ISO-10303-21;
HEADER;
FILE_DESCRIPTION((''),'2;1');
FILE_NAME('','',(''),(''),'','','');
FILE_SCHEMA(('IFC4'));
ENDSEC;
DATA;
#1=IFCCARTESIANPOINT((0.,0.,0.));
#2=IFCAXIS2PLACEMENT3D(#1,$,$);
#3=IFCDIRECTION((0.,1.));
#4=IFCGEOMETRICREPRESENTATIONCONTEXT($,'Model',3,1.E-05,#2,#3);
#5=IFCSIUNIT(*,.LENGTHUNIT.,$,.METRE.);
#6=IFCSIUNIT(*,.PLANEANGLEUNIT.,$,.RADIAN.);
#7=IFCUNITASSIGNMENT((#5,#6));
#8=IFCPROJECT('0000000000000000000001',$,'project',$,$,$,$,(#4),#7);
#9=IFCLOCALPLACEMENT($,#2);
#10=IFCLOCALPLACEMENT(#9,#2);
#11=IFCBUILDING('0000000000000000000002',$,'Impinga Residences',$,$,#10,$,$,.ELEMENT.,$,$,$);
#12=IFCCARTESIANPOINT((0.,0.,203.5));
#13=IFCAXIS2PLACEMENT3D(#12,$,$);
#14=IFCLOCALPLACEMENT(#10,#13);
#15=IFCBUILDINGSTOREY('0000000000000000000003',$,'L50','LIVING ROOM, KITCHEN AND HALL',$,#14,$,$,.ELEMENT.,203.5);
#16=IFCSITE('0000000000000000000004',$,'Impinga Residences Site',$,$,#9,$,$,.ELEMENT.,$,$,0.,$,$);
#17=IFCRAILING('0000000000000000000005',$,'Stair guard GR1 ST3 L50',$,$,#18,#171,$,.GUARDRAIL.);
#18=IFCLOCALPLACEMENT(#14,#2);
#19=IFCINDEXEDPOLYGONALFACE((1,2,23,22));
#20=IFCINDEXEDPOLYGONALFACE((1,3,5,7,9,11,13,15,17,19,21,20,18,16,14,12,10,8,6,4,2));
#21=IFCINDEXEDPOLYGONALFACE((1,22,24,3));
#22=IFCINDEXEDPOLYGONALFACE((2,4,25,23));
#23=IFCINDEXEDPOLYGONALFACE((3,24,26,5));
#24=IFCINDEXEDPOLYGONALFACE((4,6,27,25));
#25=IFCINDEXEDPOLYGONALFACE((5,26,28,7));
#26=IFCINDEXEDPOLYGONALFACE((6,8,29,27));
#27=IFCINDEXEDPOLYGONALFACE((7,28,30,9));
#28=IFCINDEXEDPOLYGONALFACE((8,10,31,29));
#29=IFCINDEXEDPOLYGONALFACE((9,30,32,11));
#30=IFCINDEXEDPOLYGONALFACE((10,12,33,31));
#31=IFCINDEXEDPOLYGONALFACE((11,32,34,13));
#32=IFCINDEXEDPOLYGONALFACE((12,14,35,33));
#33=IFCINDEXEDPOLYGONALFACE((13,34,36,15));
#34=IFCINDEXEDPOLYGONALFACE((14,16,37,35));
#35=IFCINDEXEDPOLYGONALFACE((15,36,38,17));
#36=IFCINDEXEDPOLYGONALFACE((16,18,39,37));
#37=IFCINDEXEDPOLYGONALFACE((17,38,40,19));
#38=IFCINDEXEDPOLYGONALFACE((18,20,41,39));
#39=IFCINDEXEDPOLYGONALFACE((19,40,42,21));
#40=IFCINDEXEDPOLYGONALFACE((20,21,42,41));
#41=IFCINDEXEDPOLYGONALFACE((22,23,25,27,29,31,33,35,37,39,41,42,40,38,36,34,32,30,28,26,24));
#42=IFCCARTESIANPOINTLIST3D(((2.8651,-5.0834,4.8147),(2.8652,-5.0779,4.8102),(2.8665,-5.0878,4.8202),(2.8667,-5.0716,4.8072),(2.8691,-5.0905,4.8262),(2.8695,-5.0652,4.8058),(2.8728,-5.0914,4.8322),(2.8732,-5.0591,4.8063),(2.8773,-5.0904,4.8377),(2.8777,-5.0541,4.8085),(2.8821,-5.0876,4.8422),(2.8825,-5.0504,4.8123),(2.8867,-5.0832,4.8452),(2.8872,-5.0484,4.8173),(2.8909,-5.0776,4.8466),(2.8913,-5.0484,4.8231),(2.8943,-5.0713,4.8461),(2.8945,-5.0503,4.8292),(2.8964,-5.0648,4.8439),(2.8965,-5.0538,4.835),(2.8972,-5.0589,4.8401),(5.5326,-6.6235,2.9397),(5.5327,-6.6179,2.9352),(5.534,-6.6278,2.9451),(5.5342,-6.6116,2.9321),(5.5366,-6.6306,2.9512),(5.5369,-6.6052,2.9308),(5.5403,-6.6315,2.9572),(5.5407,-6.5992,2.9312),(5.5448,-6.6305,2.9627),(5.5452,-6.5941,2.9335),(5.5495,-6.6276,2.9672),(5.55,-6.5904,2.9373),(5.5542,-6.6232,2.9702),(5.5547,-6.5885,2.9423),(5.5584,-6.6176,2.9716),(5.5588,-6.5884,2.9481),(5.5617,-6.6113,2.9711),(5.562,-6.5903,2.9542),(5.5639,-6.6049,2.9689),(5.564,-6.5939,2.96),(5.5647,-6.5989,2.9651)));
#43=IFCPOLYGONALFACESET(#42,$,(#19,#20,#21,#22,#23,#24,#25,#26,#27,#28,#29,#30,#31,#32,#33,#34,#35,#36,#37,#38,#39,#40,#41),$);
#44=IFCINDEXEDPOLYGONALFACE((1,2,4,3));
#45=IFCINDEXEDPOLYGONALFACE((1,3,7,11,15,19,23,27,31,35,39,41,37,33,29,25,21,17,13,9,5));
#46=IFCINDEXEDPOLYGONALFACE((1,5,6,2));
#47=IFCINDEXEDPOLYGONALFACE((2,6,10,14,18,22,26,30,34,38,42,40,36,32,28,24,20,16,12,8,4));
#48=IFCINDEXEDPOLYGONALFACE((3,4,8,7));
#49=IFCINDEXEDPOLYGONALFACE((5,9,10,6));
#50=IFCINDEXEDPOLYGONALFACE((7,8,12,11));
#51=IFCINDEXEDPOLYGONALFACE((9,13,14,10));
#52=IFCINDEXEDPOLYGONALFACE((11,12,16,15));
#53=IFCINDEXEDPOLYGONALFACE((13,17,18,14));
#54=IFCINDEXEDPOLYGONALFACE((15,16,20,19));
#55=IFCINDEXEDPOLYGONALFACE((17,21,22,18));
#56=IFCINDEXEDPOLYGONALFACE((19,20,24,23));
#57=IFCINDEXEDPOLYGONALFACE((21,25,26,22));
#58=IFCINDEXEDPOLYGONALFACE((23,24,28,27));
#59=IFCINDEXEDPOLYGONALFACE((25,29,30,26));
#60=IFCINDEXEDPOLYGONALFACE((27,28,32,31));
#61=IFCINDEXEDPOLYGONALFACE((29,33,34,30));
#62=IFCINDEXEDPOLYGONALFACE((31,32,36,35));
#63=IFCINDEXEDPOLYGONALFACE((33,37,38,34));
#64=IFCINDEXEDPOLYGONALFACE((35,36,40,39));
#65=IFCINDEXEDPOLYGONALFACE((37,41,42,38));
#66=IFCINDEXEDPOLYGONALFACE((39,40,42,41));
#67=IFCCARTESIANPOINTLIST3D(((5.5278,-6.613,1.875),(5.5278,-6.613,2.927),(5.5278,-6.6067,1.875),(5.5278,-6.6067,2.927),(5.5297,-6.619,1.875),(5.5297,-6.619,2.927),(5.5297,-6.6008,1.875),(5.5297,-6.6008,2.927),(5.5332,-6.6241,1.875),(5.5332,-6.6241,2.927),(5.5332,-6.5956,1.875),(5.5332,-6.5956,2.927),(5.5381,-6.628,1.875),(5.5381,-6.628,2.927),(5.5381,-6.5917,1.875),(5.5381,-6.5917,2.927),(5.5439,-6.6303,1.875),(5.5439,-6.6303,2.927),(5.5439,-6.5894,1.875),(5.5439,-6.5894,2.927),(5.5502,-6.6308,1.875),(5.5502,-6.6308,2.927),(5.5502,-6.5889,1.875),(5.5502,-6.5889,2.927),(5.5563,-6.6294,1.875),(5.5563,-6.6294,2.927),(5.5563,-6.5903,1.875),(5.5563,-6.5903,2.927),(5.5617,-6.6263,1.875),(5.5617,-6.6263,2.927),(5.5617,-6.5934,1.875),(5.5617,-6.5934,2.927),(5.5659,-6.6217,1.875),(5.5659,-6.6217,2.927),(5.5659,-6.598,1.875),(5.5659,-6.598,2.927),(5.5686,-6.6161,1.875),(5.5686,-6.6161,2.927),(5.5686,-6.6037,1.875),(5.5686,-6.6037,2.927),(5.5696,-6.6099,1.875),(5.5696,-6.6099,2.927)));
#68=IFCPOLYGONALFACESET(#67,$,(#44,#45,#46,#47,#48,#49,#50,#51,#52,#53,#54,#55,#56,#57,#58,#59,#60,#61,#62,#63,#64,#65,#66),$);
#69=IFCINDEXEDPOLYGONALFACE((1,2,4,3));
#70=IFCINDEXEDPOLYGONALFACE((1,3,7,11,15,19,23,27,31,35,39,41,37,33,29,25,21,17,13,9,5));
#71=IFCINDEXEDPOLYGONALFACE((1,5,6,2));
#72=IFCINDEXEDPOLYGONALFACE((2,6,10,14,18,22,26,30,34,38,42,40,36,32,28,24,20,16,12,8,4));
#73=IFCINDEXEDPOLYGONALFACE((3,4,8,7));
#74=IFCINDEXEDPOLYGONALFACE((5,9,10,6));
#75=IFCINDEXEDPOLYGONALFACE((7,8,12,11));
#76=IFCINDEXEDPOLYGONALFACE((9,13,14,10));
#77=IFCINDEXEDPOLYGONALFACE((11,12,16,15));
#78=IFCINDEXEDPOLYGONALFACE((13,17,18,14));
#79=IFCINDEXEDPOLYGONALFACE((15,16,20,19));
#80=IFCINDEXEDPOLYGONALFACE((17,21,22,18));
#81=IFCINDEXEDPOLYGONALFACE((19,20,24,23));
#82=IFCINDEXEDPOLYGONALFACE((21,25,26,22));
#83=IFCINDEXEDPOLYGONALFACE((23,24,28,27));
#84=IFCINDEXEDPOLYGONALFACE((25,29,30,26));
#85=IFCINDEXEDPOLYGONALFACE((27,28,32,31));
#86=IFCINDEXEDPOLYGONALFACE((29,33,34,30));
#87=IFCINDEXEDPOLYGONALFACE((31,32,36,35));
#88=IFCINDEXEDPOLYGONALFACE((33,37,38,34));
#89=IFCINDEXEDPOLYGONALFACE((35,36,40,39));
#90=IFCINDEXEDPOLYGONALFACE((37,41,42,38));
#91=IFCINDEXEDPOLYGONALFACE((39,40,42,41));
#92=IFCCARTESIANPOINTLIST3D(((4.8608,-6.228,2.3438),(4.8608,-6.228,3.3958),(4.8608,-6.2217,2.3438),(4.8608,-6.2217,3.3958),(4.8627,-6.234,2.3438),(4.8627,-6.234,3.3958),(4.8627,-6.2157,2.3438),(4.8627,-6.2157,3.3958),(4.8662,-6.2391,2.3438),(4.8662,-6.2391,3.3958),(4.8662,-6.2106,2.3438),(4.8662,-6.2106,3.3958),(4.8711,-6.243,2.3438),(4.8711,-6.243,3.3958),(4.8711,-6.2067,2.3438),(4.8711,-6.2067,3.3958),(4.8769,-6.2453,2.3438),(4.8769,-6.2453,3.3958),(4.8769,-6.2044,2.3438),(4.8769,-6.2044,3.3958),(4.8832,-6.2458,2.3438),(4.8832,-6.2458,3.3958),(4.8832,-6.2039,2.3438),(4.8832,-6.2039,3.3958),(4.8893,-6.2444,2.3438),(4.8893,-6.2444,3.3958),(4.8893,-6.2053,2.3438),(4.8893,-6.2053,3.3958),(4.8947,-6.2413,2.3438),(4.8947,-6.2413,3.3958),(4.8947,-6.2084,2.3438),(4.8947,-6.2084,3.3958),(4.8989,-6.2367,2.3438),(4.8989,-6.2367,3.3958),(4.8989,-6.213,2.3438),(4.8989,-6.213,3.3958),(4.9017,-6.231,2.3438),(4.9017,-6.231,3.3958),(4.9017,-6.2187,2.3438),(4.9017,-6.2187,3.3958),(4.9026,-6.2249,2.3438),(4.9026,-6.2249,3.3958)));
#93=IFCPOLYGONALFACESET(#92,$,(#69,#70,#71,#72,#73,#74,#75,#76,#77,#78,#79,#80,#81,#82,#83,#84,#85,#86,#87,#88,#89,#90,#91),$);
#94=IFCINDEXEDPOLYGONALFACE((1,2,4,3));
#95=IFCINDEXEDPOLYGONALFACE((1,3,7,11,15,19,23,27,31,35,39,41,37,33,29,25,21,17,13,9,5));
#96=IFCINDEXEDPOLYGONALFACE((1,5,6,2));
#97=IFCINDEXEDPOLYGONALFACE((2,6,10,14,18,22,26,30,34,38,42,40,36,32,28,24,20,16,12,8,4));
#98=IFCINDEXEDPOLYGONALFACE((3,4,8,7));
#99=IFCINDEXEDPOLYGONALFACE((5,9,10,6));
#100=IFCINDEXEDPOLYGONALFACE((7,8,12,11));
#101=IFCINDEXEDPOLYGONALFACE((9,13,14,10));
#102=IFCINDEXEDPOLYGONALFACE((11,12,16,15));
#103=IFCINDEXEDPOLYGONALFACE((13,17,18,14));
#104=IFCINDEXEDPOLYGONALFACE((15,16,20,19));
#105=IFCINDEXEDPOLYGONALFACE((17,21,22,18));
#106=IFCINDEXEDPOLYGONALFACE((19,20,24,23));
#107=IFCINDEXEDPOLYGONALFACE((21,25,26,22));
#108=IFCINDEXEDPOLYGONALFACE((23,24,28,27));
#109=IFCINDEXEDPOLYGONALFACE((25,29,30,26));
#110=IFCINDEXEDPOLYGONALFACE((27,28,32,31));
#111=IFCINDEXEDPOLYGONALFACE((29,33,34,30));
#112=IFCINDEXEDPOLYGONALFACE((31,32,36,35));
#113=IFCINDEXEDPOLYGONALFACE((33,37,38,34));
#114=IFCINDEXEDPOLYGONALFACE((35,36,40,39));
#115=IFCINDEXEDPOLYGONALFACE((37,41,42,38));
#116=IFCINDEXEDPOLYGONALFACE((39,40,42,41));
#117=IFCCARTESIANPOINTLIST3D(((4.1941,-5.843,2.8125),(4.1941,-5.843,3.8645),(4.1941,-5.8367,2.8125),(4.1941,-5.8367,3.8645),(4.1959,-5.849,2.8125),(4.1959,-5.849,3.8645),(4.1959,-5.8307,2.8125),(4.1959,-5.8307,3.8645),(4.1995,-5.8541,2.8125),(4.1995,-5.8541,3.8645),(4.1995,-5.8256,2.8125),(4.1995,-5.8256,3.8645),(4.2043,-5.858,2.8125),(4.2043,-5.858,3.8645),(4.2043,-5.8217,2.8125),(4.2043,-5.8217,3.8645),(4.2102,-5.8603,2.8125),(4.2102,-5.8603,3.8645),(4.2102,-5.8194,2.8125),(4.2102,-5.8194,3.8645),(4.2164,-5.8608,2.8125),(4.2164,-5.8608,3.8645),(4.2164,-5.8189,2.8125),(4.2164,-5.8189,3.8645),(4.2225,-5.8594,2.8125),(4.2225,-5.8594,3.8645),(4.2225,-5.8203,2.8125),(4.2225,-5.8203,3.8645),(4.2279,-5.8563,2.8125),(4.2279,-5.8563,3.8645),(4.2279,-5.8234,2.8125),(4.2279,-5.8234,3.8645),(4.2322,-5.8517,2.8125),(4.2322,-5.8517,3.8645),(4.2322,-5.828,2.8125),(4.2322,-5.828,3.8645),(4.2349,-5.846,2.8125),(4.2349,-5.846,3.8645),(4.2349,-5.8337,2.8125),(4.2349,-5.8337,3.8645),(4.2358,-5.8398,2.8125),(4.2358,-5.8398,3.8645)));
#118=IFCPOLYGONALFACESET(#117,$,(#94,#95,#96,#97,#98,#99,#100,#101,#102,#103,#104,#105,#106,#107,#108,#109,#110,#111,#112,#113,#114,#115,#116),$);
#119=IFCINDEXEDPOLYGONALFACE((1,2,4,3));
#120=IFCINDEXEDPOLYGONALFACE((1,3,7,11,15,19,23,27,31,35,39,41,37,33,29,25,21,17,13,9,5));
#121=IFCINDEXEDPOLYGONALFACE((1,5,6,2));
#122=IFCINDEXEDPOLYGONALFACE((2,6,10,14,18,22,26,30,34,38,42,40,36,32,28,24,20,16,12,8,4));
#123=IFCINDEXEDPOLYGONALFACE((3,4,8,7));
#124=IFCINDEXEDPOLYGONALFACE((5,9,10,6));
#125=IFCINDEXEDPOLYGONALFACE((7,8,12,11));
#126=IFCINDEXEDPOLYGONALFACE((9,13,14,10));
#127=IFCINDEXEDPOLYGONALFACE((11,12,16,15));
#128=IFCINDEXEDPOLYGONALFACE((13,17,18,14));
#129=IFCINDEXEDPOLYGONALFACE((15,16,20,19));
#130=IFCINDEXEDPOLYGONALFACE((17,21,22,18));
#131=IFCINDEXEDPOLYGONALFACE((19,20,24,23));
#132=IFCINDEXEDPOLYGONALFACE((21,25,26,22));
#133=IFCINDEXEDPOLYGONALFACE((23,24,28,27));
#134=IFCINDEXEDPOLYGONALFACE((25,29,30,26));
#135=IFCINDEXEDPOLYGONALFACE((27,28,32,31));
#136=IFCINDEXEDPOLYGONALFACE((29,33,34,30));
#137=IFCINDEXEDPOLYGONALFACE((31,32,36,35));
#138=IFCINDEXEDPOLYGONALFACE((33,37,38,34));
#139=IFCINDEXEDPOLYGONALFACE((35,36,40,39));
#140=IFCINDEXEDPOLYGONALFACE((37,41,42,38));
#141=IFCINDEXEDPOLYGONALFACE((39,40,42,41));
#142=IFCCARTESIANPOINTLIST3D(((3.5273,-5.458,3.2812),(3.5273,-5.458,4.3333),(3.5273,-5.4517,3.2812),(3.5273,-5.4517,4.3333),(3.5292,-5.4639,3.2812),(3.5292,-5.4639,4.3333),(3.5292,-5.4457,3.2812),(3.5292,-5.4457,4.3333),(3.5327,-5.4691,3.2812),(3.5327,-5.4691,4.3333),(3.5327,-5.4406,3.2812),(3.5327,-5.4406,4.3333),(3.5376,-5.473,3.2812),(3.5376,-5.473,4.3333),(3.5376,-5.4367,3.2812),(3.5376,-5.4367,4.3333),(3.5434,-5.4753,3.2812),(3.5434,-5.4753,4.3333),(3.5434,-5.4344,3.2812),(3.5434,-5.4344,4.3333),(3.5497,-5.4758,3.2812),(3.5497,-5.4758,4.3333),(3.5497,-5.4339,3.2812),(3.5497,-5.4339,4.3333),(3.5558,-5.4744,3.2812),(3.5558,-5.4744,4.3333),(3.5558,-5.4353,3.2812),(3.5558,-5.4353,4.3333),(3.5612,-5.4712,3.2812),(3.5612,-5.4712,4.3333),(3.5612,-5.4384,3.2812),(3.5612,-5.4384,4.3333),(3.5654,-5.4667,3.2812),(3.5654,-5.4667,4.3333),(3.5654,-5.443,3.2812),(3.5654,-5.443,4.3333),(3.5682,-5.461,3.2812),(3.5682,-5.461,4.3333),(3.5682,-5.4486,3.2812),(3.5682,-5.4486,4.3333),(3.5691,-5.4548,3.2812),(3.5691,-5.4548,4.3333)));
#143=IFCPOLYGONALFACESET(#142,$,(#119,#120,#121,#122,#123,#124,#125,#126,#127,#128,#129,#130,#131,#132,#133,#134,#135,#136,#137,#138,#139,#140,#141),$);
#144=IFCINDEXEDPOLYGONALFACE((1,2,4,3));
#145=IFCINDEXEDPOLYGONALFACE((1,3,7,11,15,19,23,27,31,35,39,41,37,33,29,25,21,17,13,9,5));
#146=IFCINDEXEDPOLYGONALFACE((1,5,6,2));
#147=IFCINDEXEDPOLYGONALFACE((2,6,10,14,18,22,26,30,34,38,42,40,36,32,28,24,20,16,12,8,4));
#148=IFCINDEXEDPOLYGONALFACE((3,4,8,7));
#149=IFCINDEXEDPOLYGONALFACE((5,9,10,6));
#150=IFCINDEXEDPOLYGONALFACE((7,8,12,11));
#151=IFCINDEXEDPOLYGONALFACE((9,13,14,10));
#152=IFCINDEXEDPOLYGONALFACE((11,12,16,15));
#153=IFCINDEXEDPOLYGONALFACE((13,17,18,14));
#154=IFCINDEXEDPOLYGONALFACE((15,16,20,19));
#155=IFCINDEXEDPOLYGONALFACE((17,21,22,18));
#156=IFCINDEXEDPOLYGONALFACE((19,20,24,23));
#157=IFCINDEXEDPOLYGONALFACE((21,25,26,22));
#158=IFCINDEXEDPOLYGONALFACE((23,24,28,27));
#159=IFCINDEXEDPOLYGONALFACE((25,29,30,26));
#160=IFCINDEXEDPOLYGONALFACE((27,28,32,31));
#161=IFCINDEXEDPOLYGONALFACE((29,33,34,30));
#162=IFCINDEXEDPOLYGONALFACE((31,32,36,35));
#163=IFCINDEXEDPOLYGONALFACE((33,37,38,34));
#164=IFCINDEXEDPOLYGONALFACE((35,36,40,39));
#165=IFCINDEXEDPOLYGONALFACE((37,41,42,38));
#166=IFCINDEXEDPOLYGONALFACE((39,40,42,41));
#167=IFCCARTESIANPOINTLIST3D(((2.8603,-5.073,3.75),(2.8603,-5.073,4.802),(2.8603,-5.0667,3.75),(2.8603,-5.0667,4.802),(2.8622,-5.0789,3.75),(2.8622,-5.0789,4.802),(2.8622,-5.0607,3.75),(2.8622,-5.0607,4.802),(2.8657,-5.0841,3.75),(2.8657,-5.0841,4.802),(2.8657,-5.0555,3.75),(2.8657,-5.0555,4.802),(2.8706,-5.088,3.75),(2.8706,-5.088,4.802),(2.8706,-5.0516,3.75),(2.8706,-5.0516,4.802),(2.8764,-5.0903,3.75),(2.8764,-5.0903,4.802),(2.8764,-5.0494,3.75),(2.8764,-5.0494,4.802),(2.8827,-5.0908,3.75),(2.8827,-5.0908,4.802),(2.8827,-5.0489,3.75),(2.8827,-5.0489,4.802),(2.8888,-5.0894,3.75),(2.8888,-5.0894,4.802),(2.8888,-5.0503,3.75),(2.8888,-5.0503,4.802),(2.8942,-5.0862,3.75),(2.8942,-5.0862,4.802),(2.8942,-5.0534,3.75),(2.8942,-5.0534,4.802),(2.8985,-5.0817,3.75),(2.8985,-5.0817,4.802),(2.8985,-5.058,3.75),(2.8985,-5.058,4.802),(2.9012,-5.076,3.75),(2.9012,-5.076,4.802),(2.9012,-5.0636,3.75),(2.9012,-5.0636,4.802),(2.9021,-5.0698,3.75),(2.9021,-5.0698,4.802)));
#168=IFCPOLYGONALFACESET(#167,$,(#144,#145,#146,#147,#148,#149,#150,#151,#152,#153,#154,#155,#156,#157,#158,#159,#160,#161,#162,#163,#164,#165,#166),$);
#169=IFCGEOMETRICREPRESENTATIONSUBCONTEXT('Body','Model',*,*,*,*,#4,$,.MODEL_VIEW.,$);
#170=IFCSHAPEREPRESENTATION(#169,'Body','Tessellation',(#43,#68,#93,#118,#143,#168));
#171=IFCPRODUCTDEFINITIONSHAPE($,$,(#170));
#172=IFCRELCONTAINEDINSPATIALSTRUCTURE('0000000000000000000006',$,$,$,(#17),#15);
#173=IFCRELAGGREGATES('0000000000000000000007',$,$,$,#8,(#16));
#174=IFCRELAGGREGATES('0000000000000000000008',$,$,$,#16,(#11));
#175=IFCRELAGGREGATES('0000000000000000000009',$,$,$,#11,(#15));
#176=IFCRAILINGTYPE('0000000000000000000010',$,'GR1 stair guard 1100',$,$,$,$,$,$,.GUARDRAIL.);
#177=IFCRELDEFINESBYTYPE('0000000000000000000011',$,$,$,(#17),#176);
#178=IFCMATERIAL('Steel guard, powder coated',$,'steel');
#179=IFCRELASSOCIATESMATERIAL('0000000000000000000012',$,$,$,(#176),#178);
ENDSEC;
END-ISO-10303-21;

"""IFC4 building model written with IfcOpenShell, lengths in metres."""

from ifc_helpers import new_model, si_unit, direction, frame, origin, origin_2d, place, context, subcontext, project, spatial, circle, extrude, material, type_object, element, save


model = new_model("IFC4")

# Units and contexts
model_context = context("Model", 3, precision=1e-05, world=origin(), true_north=direction((0.0, 1.0)))
body_context = subcontext(model_context, "Body", "Model", "MODEL_VIEW")
ifc_project = project(units=[si_unit("LENGTHUNIT", "METRE"), si_unit("PLANEANGLEUNIT", "RADIAN")], contexts=[model_context])

# Site, building, storey
site_placement = place(None, origin())
site = spatial("IfcSite", under=ifc_project, at=site_placement, Name="Impinga Residences Site", CompositionType="ELEMENT", RefElevation=0.0)
building_placement = place(site_placement, origin())
building = spatial("IfcBuilding", under=site, at=building_placement, Name="Impinga Residences", CompositionType="ELEMENT")
storey_placement = place(building_placement, frame((0.0, 0.0, 203.5)))
storey = spatial("IfcBuildingStorey", under=building, at=storey_placement, Name="L50", Description="LIVING ROOM, KITCHEN AND HALL", CompositionType="ELEMENT", Elevation=203.5)

# Railing
ifc_material_1 = material(Name="Steel guard, powder coated", Category="steel")
railing_type_1 = type_object("IfcRailingType", Name="GR1 stair guard 1100", PredefinedType="GUARDRAIL", material=ifc_material_1)
railing_1_placement = place(storey_placement, frame((5.5486, -6.6099, 1.875)))
element("IfcRailing", 1, at=railing_1_placement, inside=storey, type_object=railing_type_1, Name="Stair guard GR1 ST3 L50", PredefinedType="GUARDRAIL", context=body_context, shape_type="SweptSolid", body=[
    extrude(circle(Radius=0.0239, at=origin_2d()), frame((0.0, 0.0, 1.0762), z_axis=(-0.739746, 0.427084, 0.519975), x_axis=(-0.499992, -0.86603, 0.0)), (0.0, 0.0, 1.0), 3.606),
    extrude(circle(Radius=0.021, at=origin_2d()), origin(), (0.0, 0.0, 1.0), 1.052),
    extrude(circle(Radius=0.021, at=origin_2d()), frame((-0.667, 0.385, 0.4688)), (0.0, 0.0, 1.0), 1.052),
    extrude(circle(Radius=0.021, at=origin_2d()), frame((-1.3337, 0.77, 0.9375)), (0.0, 0.0, 1.0), 1.052),
    extrude(circle(Radius=0.021, at=origin_2d()), frame((-2.0005, 1.155, 1.4062)), (0.0, 0.0, 1.0), 1.052),
    extrude(circle(Radius=0.021, at=origin_2d()), frame((-2.6675, 1.54, 1.875)), (0.0, 0.0, 1.0), 1.052),
])

save(model, "model.ifc")
